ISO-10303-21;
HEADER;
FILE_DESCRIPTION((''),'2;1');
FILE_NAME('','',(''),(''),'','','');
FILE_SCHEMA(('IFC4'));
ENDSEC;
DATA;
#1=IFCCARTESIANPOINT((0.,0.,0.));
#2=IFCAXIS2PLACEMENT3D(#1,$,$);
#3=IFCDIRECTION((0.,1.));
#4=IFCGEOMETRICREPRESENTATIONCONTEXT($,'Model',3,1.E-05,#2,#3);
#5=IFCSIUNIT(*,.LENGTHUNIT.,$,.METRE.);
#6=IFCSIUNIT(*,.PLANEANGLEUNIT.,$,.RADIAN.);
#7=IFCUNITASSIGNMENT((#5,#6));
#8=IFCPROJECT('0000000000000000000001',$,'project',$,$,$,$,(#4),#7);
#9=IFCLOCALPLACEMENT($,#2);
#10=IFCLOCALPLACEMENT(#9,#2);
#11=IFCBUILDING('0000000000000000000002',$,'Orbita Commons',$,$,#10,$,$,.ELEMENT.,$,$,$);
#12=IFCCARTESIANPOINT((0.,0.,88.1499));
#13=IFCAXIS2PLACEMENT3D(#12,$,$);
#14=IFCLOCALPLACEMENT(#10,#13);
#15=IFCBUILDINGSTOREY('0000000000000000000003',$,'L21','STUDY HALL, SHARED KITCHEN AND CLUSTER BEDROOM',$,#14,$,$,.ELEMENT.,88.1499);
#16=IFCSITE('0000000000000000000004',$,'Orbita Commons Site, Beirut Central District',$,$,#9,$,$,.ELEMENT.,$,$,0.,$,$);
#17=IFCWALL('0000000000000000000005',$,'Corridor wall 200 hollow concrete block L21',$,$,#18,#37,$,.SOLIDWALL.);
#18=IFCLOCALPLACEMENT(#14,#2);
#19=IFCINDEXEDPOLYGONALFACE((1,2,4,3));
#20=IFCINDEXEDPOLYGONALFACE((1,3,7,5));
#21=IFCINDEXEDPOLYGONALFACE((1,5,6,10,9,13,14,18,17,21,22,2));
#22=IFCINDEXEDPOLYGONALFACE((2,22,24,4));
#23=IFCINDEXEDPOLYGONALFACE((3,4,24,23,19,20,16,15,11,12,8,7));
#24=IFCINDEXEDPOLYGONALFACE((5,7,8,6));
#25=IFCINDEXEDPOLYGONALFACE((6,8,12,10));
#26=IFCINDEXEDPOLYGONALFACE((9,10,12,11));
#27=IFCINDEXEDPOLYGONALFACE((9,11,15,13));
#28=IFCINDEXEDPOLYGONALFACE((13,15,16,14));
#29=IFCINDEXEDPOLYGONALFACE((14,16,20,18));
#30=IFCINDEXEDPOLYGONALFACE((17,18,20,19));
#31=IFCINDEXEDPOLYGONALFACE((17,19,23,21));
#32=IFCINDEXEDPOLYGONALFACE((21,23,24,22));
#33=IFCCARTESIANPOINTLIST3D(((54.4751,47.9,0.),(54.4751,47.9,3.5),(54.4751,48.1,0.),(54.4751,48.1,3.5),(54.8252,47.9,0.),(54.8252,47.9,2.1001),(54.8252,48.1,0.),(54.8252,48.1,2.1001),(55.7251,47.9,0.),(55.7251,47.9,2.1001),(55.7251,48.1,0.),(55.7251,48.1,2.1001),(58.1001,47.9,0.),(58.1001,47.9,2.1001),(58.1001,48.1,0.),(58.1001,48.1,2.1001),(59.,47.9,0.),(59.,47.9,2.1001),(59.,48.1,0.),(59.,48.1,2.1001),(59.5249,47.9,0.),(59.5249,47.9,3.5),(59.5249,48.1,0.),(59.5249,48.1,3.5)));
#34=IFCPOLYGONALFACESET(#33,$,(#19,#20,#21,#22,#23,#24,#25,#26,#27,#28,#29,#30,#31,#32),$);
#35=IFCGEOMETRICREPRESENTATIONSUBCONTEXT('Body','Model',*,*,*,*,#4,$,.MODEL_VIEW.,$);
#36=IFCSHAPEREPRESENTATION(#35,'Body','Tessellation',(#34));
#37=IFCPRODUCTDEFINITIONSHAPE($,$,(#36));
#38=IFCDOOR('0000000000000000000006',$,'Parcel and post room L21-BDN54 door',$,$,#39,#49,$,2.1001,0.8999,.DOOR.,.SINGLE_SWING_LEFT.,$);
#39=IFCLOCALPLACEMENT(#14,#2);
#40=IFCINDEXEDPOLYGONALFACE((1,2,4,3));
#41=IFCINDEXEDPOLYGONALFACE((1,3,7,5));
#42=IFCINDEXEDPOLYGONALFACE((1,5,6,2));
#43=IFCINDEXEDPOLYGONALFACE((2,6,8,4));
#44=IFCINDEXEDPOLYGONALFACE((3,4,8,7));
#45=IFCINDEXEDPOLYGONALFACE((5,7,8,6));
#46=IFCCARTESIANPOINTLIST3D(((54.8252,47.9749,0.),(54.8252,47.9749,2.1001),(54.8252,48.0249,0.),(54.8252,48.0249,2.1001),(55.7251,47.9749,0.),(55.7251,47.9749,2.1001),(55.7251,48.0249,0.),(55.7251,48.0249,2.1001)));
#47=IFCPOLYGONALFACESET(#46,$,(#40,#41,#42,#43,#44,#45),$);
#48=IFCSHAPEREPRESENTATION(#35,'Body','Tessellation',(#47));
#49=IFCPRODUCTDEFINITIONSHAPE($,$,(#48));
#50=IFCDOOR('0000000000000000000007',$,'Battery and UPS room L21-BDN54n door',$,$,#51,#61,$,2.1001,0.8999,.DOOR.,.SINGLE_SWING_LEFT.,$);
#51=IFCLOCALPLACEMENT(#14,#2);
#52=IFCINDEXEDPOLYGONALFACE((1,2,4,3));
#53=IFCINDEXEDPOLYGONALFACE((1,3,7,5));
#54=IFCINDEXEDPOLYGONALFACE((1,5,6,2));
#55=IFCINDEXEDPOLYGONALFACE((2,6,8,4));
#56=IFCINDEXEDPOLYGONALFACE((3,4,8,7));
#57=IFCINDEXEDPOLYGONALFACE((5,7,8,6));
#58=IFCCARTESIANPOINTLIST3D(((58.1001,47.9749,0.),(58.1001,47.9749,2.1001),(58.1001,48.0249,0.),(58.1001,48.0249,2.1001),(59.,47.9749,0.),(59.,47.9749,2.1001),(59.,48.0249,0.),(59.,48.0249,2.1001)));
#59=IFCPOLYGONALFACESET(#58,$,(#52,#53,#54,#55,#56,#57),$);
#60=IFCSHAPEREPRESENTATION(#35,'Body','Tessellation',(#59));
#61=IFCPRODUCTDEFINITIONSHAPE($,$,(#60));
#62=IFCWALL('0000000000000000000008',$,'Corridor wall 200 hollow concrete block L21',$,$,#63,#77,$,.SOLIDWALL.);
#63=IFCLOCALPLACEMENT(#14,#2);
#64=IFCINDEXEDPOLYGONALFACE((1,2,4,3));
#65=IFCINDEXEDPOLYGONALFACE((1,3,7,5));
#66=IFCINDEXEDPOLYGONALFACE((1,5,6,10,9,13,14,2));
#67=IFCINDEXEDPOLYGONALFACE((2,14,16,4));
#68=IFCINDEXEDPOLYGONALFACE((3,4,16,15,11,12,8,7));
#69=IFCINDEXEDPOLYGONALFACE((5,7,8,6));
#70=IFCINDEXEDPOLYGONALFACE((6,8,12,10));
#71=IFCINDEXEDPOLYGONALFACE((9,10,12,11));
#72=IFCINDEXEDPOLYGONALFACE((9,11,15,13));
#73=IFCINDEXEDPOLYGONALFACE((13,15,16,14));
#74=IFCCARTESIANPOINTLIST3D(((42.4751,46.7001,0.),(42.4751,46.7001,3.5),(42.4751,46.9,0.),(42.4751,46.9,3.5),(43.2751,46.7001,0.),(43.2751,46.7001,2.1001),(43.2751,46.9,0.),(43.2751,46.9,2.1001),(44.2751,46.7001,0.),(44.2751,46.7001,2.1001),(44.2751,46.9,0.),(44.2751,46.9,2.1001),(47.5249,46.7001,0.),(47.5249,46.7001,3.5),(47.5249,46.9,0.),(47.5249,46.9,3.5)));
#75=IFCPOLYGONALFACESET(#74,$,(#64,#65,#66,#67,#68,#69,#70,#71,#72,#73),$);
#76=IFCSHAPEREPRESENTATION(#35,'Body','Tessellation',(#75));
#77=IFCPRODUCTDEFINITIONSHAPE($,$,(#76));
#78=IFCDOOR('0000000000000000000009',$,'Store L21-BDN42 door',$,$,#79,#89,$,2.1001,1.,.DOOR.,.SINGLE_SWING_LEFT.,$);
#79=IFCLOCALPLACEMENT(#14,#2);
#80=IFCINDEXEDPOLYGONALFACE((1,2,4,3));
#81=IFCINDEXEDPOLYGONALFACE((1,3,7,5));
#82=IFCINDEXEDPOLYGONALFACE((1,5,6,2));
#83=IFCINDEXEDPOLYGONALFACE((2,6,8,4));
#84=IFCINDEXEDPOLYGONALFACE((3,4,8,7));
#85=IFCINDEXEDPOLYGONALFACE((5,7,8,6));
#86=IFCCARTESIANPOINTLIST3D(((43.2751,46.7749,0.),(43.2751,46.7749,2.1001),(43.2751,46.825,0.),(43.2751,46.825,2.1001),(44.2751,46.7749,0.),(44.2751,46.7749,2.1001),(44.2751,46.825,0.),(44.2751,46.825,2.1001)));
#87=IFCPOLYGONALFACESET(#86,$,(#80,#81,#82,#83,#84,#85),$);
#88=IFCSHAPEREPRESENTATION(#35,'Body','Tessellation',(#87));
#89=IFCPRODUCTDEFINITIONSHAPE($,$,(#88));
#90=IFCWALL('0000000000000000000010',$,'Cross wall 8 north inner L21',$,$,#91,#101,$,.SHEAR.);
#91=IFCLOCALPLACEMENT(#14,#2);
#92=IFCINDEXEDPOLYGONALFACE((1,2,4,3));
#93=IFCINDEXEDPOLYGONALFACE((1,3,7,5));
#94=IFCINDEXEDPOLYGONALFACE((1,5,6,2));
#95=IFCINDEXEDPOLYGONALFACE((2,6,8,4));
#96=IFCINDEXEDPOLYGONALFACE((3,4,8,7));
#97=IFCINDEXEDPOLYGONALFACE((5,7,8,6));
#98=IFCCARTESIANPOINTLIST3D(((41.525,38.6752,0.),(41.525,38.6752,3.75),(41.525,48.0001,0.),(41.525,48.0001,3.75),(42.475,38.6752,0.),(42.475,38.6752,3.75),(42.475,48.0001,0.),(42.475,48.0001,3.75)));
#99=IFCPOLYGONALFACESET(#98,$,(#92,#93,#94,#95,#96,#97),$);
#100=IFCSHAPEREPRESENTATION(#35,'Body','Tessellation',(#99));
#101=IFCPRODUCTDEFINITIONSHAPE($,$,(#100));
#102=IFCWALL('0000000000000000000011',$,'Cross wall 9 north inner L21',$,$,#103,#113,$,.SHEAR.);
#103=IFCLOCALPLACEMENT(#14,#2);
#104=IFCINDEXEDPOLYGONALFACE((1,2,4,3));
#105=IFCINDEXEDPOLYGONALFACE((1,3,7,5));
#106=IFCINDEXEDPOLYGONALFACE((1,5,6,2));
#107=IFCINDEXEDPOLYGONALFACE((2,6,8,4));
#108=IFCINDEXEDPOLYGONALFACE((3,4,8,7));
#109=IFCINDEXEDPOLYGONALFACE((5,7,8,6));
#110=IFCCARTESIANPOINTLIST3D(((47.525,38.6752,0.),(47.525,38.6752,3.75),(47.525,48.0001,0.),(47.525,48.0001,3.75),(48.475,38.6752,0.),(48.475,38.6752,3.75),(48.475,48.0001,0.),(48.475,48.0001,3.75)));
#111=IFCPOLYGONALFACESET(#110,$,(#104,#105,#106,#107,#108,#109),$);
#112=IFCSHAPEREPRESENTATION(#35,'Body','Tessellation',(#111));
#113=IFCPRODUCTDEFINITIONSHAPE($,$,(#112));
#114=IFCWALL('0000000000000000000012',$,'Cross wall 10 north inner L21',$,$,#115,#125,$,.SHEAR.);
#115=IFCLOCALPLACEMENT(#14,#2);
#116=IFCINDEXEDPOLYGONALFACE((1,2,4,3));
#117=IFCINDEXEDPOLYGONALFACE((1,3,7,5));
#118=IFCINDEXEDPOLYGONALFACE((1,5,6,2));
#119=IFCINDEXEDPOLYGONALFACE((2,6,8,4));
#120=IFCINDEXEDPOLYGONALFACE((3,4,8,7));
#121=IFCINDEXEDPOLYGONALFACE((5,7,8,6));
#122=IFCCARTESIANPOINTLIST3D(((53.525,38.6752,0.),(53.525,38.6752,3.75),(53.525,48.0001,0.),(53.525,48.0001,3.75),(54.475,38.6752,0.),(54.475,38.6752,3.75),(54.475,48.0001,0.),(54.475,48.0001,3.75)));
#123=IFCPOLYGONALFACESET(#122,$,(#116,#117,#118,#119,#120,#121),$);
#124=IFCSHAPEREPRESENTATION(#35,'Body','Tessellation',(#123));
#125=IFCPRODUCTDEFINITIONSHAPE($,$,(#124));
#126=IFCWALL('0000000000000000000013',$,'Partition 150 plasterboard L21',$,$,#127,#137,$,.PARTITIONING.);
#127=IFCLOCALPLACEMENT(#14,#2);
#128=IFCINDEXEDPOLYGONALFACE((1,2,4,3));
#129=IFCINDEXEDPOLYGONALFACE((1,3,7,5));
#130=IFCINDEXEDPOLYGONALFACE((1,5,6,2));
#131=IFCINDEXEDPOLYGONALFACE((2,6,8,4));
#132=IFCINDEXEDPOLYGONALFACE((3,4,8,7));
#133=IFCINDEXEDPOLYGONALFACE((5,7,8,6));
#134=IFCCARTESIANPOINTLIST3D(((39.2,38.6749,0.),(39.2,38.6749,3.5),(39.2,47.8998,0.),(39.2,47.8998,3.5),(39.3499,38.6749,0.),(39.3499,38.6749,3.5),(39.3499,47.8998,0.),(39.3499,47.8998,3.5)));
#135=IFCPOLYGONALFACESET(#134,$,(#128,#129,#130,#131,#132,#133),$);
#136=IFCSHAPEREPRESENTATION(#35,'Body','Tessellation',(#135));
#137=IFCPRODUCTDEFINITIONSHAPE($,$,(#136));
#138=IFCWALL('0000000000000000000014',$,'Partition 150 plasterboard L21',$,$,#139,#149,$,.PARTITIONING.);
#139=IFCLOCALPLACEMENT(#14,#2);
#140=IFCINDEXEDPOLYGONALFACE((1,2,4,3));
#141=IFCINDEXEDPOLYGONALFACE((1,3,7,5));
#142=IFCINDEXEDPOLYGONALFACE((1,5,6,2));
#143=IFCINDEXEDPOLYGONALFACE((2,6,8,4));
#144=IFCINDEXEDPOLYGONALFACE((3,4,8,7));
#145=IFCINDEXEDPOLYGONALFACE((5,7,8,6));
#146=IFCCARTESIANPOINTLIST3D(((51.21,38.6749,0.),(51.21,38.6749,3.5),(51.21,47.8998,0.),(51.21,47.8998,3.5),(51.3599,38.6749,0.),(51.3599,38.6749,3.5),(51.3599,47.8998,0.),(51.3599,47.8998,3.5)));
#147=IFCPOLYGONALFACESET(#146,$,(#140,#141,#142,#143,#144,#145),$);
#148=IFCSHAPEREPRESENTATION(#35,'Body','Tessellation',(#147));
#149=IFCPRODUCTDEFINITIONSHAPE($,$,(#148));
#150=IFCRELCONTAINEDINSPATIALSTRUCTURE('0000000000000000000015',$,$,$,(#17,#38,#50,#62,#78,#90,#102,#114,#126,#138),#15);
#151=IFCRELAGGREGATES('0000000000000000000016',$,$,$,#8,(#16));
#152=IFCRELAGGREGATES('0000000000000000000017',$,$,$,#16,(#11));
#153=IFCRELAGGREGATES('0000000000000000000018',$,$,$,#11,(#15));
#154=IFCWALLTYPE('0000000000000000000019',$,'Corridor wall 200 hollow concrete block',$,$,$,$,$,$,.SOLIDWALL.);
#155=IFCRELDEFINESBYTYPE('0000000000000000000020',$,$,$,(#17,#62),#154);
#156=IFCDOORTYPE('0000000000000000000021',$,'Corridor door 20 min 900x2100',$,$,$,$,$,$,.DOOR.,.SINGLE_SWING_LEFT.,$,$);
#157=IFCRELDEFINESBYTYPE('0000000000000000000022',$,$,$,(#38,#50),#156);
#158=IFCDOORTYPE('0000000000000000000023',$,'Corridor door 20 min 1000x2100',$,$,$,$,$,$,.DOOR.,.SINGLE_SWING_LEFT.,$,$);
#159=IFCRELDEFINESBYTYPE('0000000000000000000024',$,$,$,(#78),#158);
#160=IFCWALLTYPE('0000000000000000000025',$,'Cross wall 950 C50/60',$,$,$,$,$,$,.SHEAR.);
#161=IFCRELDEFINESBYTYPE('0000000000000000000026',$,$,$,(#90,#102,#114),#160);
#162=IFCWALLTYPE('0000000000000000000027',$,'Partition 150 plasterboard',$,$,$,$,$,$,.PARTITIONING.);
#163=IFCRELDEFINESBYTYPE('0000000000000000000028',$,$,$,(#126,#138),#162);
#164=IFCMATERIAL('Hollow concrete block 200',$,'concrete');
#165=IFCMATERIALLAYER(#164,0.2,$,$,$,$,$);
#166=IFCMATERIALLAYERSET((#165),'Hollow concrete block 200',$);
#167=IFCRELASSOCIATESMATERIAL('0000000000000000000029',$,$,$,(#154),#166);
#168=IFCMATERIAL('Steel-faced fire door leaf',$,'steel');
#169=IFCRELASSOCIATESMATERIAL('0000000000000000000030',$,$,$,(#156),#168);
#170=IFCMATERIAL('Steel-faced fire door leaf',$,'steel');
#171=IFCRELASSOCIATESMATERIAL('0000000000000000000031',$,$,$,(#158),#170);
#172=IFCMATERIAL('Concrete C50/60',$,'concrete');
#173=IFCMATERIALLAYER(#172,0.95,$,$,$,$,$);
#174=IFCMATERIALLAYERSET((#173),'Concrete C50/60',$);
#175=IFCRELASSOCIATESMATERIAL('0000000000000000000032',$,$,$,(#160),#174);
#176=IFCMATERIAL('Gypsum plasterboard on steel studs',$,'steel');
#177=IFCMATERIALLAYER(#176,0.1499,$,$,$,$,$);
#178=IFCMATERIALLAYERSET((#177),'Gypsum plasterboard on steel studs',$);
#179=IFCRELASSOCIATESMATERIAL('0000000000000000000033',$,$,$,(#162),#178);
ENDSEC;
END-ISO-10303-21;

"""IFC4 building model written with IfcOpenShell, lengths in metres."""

from ifc_helpers import new_model, si_unit, direction, frame, frame_2d, origin, place, context, subcontext, project, spatial, rectangle, extrude, material, layer, layer_set, type_object, element, fill, save


model = new_model("IFC4")

# Units and contexts
model_context = context("Model", 3, precision=1e-05, world=origin(), true_north=direction((0.0, 1.0)))
body_context = subcontext(model_context, "Body", "Model", "MODEL_VIEW")
ifc_project = project(units=[si_unit("LENGTHUNIT", "METRE"), si_unit("PLANEANGLEUNIT", "RADIAN")], contexts=[model_context])

# Site, building, storey
site_placement = place(None, origin())
site = spatial("IfcSite", under=ifc_project, at=site_placement, Name="Orbita Commons Site, Beirut Central District", CompositionType="ELEMENT", RefElevation=0.0)
building_placement = place(site_placement, origin())
building = spatial("IfcBuilding", under=site, at=building_placement, Name="Orbita Commons", CompositionType="ELEMENT")
storey_placement = place(building_placement, frame((0.0, 0.0, 88.1499)))
storey = spatial("IfcBuildingStorey", under=building, at=storey_placement, Name="L21", Description="STUDY HALL, SHARED KITCHEN AND CLUSTER BEDROOM", CompositionType="ELEMENT", Elevation=88.1499)

# Wall, openings, doors
ifc_material_1 = material(Name="Hollow concrete block 200", Category="concrete")
ifc_layer_1 = layer(ifc_material_1, 0.2)
ifc_layer_set_1 = layer_set([ifc_layer_1], Name="Hollow concrete block 200")
wall_type_1 = type_object("IfcWallType", Name="Corridor wall 200 hollow concrete block", PredefinedType="SOLIDWALL", material=ifc_layer_set_1)
ifc_material_2 = material(Name="Steel-faced fire door leaf", Category="steel")
door_type_1 = type_object("IfcDoorType", Name="Corridor door 20 min 900x2100", OperationType="SINGLE_SWING_LEFT", PredefinedType="DOOR", material=ifc_material_2)
wall_1_placement = place(storey_placement, frame((54.4751, 48.0, 0.0), z_axis=(0.0, 0.0, 1.0), x_axis=(1.0, 0.0, 0.0)))
wall_1 = element("IfcWall", 1, at=wall_1_placement, inside=storey, type_object=wall_type_1, Name="Corridor wall 200 hollow concrete block L21", PredefinedType="SOLIDWALL", context=body_context, shape_type="SweptSolid", body=[
    extrude(rectangle(XDim=5.0498, YDim=0.2, at=frame_2d((2.5249, 0.0))), origin(), (0.0, 0.0, 1.0), 3.5),
])
opening_1_placement = place(wall_1_placement, frame((0.3501, 0.0, 0.0)))
opening_1 = element("IfcOpeningElement", 2, at=opening_1_placement, cuts=wall_1, PredefinedType="OPENING", context=body_context, shape_type="SweptSolid", body=[
    extrude(rectangle(XDim=0.8999, YDim=2.1001, at=frame_2d((0.45, 1.05))), frame((0.0, 0.1099, 0.0), z_axis=(0.0, -1.0, 0.0), x_axis=(1.0, 0.0, 0.0)), (0.0, 0.0, 1.0), 0.22),
])
opening_2_placement = place(wall_1_placement, frame((3.625, 0.0, 0.0)))
opening_2 = element("IfcOpeningElement", 3, at=opening_2_placement, cuts=wall_1, PredefinedType="OPENING", context=body_context, shape_type="SweptSolid", body=[
    extrude(rectangle(XDim=0.8999, YDim=2.1001, at=frame_2d((0.45, 1.05))), frame((0.0, 0.1099, 0.0), z_axis=(0.0, -1.0, 0.0), x_axis=(1.0, 0.0, 0.0)), (0.0, 0.0, 1.0), 0.22),
])
door_1_placement = place(opening_1_placement, origin())
door_1 = element("IfcDoor", 4, at=door_1_placement, inside=storey, type_object=door_type_1, Name="Parcel and post room L21-BDN54 door", OperationType="SINGLE_SWING_LEFT", OverallHeight=2.1001, OverallWidth=0.8999, PredefinedType="DOOR", context=body_context, shape_type="SweptSolid", body=[
    extrude(rectangle(XDim=0.8999, YDim=2.1001, at=frame_2d((0.45, 1.05))), frame((0.0, 0.0249, 0.0), z_axis=(0.0, -1.0, 0.0), x_axis=(1.0, 0.0, 0.0)), (0.0, 0.0, 1.0), 0.05),
])
fill(opening_1, door_1)
door_2_placement = place(opening_2_placement, origin())
door_2 = element("IfcDoor", 5, at=door_2_placement, inside=storey, type_object=door_type_1, Name="Battery and UPS room L21-BDN54n door", OperationType="SINGLE_SWING_LEFT", OverallHeight=2.1001, OverallWidth=0.8999, PredefinedType="DOOR", context=body_context, shape_type="SweptSolid", body=[
    extrude(rectangle(XDim=0.8999, YDim=2.1001, at=frame_2d((0.45, 1.05))), frame((0.0, 0.0249, 0.0), z_axis=(0.0, -1.0, 0.0), x_axis=(1.0, 0.0, 0.0)), (0.0, 0.0, 1.0), 0.05),
])
fill(opening_2, door_2)

# Wall, opening, door
wall_2_placement = place(storey_placement, frame((42.4751, 46.8, 0.0), z_axis=(0.0, 0.0, 1.0), x_axis=(1.0, 0.0, 0.0)))
wall_2 = element("IfcWall", 6, at=wall_2_placement, inside=storey, type_object=wall_type_1, Name="Corridor wall 200 hollow concrete block L21", PredefinedType="SOLIDWALL", context=body_context, shape_type="SweptSolid", body=[
    extrude(rectangle(XDim=5.0498, YDim=0.2, at=frame_2d((2.5249, 0.0))), origin(), (0.0, 0.0, 1.0), 3.5),
])
opening_3_placement = place(wall_2_placement, frame((0.8, 0.0, 0.0)))
opening_3 = element("IfcOpeningElement", 7, at=opening_3_placement, cuts=wall_2, PredefinedType="OPENING", context=body_context, shape_type="SweptSolid", body=[
    extrude(rectangle(XDim=1.0, YDim=2.1001, at=frame_2d((0.5, 1.05))), frame((0.0, 0.1099, 0.0), z_axis=(0.0, -1.0, 0.0), x_axis=(1.0, 0.0, 0.0)), (0.0, 0.0, 1.0), 0.22),
])
ifc_material_3 = material(Name="Steel-faced fire door leaf", Category="steel")
door_type_2 = type_object("IfcDoorType", Name="Corridor door 20 min 1000x2100", OperationType="SINGLE_SWING_LEFT", PredefinedType="DOOR", material=ifc_material_3)
door_3_placement = place(opening_3_placement, origin())
door_3 = element("IfcDoor", 8, at=door_3_placement, inside=storey, type_object=door_type_2, Name="Store L21-BDN42 door", OperationType="SINGLE_SWING_LEFT", OverallHeight=2.1001, OverallWidth=1.0, PredefinedType="DOOR", context=body_context, shape_type="SweptSolid", body=[
    extrude(rectangle(XDim=1.0, YDim=2.1001, at=frame_2d((0.5, 1.05))), frame((0.0, 0.0249, 0.0), z_axis=(0.0, -1.0, 0.0), x_axis=(1.0, 0.0, 0.0)), (0.0, 0.0, 1.0), 0.05),
])
fill(opening_3, door_3)

# Walls
ifc_material_4 = material(Name="Concrete C50/60", Category="concrete")
ifc_layer_2 = layer(ifc_material_4, 0.95)
ifc_layer_set_2 = layer_set([ifc_layer_2], Name="Concrete C50/60")
wall_type_2 = type_object("IfcWallType", Name="Cross wall 950 C50/60", PredefinedType="SHEAR", material=ifc_layer_set_2)
for number, where, z_axis, x_axis, name in (
    (9, (42.0, 38.675, 0.0), (0.0, 0.0, 1.0), (0.0, 1.0, 0.0), "Cross wall 8 north inner L21"),
    (10, (48.0, 38.675, 0.0), (0.0, 0.0, 1.0), (0.0, 1.0, 0.0), "Cross wall 9 north inner L21"),
    (11, (54.0, 38.675, 0.0), (0.0, 0.0, 1.0), (0.0, 1.0, 0.0), "Cross wall 10 north inner L21"),
):
    element("IfcWall", number, at=place(storey_placement, frame(where, z_axis=z_axis, x_axis=x_axis)), inside=storey, type_object=wall_type_2, Name=name, PredefinedType="SHEAR", context=body_context, shape_type="SweptSolid", body=[
        extrude(rectangle(XDim=9.325, YDim=0.95, at=frame_2d((4.6626, 0.0))), origin(), (0.0, 0.0, 1.0), 3.75),
    ])
ifc_material_5 = material(Name="Gypsum plasterboard on steel studs", Category="steel")
ifc_layer_3 = layer(ifc_material_5, 0.1499)
ifc_layer_set_3 = layer_set([ifc_layer_3], Name="Gypsum plasterboard on steel studs")
wall_type_3 = type_object("IfcWallType", Name="Partition 150 plasterboard", PredefinedType="PARTITIONING", material=ifc_layer_set_3)
for number, where, z_axis, x_axis, name in (
    (12, (39.2749, 38.675, 0.0), (0.0, 0.0, 1.0), (0.0, 1.0, 0.0), "Partition 150 plasterboard L21"),
    (13, (51.2849, 38.675, 0.0), (0.0, 0.0, 1.0), (0.0, 1.0, 0.0), "Partition 150 plasterboard L21"),
):
    element("IfcWall", number, at=place(storey_placement, frame(where, z_axis=z_axis, x_axis=x_axis)), inside=storey, type_object=wall_type_3, Name=name, PredefinedType="PARTITIONING", context=body_context, shape_type="SweptSolid", body=[
        extrude(rectangle(XDim=9.2249, YDim=0.1499, at=frame_2d((4.6123, 0.0))), origin(), (0.0, 0.0, 1.0), 3.5),
    ])

save(model, "model.ifc")
